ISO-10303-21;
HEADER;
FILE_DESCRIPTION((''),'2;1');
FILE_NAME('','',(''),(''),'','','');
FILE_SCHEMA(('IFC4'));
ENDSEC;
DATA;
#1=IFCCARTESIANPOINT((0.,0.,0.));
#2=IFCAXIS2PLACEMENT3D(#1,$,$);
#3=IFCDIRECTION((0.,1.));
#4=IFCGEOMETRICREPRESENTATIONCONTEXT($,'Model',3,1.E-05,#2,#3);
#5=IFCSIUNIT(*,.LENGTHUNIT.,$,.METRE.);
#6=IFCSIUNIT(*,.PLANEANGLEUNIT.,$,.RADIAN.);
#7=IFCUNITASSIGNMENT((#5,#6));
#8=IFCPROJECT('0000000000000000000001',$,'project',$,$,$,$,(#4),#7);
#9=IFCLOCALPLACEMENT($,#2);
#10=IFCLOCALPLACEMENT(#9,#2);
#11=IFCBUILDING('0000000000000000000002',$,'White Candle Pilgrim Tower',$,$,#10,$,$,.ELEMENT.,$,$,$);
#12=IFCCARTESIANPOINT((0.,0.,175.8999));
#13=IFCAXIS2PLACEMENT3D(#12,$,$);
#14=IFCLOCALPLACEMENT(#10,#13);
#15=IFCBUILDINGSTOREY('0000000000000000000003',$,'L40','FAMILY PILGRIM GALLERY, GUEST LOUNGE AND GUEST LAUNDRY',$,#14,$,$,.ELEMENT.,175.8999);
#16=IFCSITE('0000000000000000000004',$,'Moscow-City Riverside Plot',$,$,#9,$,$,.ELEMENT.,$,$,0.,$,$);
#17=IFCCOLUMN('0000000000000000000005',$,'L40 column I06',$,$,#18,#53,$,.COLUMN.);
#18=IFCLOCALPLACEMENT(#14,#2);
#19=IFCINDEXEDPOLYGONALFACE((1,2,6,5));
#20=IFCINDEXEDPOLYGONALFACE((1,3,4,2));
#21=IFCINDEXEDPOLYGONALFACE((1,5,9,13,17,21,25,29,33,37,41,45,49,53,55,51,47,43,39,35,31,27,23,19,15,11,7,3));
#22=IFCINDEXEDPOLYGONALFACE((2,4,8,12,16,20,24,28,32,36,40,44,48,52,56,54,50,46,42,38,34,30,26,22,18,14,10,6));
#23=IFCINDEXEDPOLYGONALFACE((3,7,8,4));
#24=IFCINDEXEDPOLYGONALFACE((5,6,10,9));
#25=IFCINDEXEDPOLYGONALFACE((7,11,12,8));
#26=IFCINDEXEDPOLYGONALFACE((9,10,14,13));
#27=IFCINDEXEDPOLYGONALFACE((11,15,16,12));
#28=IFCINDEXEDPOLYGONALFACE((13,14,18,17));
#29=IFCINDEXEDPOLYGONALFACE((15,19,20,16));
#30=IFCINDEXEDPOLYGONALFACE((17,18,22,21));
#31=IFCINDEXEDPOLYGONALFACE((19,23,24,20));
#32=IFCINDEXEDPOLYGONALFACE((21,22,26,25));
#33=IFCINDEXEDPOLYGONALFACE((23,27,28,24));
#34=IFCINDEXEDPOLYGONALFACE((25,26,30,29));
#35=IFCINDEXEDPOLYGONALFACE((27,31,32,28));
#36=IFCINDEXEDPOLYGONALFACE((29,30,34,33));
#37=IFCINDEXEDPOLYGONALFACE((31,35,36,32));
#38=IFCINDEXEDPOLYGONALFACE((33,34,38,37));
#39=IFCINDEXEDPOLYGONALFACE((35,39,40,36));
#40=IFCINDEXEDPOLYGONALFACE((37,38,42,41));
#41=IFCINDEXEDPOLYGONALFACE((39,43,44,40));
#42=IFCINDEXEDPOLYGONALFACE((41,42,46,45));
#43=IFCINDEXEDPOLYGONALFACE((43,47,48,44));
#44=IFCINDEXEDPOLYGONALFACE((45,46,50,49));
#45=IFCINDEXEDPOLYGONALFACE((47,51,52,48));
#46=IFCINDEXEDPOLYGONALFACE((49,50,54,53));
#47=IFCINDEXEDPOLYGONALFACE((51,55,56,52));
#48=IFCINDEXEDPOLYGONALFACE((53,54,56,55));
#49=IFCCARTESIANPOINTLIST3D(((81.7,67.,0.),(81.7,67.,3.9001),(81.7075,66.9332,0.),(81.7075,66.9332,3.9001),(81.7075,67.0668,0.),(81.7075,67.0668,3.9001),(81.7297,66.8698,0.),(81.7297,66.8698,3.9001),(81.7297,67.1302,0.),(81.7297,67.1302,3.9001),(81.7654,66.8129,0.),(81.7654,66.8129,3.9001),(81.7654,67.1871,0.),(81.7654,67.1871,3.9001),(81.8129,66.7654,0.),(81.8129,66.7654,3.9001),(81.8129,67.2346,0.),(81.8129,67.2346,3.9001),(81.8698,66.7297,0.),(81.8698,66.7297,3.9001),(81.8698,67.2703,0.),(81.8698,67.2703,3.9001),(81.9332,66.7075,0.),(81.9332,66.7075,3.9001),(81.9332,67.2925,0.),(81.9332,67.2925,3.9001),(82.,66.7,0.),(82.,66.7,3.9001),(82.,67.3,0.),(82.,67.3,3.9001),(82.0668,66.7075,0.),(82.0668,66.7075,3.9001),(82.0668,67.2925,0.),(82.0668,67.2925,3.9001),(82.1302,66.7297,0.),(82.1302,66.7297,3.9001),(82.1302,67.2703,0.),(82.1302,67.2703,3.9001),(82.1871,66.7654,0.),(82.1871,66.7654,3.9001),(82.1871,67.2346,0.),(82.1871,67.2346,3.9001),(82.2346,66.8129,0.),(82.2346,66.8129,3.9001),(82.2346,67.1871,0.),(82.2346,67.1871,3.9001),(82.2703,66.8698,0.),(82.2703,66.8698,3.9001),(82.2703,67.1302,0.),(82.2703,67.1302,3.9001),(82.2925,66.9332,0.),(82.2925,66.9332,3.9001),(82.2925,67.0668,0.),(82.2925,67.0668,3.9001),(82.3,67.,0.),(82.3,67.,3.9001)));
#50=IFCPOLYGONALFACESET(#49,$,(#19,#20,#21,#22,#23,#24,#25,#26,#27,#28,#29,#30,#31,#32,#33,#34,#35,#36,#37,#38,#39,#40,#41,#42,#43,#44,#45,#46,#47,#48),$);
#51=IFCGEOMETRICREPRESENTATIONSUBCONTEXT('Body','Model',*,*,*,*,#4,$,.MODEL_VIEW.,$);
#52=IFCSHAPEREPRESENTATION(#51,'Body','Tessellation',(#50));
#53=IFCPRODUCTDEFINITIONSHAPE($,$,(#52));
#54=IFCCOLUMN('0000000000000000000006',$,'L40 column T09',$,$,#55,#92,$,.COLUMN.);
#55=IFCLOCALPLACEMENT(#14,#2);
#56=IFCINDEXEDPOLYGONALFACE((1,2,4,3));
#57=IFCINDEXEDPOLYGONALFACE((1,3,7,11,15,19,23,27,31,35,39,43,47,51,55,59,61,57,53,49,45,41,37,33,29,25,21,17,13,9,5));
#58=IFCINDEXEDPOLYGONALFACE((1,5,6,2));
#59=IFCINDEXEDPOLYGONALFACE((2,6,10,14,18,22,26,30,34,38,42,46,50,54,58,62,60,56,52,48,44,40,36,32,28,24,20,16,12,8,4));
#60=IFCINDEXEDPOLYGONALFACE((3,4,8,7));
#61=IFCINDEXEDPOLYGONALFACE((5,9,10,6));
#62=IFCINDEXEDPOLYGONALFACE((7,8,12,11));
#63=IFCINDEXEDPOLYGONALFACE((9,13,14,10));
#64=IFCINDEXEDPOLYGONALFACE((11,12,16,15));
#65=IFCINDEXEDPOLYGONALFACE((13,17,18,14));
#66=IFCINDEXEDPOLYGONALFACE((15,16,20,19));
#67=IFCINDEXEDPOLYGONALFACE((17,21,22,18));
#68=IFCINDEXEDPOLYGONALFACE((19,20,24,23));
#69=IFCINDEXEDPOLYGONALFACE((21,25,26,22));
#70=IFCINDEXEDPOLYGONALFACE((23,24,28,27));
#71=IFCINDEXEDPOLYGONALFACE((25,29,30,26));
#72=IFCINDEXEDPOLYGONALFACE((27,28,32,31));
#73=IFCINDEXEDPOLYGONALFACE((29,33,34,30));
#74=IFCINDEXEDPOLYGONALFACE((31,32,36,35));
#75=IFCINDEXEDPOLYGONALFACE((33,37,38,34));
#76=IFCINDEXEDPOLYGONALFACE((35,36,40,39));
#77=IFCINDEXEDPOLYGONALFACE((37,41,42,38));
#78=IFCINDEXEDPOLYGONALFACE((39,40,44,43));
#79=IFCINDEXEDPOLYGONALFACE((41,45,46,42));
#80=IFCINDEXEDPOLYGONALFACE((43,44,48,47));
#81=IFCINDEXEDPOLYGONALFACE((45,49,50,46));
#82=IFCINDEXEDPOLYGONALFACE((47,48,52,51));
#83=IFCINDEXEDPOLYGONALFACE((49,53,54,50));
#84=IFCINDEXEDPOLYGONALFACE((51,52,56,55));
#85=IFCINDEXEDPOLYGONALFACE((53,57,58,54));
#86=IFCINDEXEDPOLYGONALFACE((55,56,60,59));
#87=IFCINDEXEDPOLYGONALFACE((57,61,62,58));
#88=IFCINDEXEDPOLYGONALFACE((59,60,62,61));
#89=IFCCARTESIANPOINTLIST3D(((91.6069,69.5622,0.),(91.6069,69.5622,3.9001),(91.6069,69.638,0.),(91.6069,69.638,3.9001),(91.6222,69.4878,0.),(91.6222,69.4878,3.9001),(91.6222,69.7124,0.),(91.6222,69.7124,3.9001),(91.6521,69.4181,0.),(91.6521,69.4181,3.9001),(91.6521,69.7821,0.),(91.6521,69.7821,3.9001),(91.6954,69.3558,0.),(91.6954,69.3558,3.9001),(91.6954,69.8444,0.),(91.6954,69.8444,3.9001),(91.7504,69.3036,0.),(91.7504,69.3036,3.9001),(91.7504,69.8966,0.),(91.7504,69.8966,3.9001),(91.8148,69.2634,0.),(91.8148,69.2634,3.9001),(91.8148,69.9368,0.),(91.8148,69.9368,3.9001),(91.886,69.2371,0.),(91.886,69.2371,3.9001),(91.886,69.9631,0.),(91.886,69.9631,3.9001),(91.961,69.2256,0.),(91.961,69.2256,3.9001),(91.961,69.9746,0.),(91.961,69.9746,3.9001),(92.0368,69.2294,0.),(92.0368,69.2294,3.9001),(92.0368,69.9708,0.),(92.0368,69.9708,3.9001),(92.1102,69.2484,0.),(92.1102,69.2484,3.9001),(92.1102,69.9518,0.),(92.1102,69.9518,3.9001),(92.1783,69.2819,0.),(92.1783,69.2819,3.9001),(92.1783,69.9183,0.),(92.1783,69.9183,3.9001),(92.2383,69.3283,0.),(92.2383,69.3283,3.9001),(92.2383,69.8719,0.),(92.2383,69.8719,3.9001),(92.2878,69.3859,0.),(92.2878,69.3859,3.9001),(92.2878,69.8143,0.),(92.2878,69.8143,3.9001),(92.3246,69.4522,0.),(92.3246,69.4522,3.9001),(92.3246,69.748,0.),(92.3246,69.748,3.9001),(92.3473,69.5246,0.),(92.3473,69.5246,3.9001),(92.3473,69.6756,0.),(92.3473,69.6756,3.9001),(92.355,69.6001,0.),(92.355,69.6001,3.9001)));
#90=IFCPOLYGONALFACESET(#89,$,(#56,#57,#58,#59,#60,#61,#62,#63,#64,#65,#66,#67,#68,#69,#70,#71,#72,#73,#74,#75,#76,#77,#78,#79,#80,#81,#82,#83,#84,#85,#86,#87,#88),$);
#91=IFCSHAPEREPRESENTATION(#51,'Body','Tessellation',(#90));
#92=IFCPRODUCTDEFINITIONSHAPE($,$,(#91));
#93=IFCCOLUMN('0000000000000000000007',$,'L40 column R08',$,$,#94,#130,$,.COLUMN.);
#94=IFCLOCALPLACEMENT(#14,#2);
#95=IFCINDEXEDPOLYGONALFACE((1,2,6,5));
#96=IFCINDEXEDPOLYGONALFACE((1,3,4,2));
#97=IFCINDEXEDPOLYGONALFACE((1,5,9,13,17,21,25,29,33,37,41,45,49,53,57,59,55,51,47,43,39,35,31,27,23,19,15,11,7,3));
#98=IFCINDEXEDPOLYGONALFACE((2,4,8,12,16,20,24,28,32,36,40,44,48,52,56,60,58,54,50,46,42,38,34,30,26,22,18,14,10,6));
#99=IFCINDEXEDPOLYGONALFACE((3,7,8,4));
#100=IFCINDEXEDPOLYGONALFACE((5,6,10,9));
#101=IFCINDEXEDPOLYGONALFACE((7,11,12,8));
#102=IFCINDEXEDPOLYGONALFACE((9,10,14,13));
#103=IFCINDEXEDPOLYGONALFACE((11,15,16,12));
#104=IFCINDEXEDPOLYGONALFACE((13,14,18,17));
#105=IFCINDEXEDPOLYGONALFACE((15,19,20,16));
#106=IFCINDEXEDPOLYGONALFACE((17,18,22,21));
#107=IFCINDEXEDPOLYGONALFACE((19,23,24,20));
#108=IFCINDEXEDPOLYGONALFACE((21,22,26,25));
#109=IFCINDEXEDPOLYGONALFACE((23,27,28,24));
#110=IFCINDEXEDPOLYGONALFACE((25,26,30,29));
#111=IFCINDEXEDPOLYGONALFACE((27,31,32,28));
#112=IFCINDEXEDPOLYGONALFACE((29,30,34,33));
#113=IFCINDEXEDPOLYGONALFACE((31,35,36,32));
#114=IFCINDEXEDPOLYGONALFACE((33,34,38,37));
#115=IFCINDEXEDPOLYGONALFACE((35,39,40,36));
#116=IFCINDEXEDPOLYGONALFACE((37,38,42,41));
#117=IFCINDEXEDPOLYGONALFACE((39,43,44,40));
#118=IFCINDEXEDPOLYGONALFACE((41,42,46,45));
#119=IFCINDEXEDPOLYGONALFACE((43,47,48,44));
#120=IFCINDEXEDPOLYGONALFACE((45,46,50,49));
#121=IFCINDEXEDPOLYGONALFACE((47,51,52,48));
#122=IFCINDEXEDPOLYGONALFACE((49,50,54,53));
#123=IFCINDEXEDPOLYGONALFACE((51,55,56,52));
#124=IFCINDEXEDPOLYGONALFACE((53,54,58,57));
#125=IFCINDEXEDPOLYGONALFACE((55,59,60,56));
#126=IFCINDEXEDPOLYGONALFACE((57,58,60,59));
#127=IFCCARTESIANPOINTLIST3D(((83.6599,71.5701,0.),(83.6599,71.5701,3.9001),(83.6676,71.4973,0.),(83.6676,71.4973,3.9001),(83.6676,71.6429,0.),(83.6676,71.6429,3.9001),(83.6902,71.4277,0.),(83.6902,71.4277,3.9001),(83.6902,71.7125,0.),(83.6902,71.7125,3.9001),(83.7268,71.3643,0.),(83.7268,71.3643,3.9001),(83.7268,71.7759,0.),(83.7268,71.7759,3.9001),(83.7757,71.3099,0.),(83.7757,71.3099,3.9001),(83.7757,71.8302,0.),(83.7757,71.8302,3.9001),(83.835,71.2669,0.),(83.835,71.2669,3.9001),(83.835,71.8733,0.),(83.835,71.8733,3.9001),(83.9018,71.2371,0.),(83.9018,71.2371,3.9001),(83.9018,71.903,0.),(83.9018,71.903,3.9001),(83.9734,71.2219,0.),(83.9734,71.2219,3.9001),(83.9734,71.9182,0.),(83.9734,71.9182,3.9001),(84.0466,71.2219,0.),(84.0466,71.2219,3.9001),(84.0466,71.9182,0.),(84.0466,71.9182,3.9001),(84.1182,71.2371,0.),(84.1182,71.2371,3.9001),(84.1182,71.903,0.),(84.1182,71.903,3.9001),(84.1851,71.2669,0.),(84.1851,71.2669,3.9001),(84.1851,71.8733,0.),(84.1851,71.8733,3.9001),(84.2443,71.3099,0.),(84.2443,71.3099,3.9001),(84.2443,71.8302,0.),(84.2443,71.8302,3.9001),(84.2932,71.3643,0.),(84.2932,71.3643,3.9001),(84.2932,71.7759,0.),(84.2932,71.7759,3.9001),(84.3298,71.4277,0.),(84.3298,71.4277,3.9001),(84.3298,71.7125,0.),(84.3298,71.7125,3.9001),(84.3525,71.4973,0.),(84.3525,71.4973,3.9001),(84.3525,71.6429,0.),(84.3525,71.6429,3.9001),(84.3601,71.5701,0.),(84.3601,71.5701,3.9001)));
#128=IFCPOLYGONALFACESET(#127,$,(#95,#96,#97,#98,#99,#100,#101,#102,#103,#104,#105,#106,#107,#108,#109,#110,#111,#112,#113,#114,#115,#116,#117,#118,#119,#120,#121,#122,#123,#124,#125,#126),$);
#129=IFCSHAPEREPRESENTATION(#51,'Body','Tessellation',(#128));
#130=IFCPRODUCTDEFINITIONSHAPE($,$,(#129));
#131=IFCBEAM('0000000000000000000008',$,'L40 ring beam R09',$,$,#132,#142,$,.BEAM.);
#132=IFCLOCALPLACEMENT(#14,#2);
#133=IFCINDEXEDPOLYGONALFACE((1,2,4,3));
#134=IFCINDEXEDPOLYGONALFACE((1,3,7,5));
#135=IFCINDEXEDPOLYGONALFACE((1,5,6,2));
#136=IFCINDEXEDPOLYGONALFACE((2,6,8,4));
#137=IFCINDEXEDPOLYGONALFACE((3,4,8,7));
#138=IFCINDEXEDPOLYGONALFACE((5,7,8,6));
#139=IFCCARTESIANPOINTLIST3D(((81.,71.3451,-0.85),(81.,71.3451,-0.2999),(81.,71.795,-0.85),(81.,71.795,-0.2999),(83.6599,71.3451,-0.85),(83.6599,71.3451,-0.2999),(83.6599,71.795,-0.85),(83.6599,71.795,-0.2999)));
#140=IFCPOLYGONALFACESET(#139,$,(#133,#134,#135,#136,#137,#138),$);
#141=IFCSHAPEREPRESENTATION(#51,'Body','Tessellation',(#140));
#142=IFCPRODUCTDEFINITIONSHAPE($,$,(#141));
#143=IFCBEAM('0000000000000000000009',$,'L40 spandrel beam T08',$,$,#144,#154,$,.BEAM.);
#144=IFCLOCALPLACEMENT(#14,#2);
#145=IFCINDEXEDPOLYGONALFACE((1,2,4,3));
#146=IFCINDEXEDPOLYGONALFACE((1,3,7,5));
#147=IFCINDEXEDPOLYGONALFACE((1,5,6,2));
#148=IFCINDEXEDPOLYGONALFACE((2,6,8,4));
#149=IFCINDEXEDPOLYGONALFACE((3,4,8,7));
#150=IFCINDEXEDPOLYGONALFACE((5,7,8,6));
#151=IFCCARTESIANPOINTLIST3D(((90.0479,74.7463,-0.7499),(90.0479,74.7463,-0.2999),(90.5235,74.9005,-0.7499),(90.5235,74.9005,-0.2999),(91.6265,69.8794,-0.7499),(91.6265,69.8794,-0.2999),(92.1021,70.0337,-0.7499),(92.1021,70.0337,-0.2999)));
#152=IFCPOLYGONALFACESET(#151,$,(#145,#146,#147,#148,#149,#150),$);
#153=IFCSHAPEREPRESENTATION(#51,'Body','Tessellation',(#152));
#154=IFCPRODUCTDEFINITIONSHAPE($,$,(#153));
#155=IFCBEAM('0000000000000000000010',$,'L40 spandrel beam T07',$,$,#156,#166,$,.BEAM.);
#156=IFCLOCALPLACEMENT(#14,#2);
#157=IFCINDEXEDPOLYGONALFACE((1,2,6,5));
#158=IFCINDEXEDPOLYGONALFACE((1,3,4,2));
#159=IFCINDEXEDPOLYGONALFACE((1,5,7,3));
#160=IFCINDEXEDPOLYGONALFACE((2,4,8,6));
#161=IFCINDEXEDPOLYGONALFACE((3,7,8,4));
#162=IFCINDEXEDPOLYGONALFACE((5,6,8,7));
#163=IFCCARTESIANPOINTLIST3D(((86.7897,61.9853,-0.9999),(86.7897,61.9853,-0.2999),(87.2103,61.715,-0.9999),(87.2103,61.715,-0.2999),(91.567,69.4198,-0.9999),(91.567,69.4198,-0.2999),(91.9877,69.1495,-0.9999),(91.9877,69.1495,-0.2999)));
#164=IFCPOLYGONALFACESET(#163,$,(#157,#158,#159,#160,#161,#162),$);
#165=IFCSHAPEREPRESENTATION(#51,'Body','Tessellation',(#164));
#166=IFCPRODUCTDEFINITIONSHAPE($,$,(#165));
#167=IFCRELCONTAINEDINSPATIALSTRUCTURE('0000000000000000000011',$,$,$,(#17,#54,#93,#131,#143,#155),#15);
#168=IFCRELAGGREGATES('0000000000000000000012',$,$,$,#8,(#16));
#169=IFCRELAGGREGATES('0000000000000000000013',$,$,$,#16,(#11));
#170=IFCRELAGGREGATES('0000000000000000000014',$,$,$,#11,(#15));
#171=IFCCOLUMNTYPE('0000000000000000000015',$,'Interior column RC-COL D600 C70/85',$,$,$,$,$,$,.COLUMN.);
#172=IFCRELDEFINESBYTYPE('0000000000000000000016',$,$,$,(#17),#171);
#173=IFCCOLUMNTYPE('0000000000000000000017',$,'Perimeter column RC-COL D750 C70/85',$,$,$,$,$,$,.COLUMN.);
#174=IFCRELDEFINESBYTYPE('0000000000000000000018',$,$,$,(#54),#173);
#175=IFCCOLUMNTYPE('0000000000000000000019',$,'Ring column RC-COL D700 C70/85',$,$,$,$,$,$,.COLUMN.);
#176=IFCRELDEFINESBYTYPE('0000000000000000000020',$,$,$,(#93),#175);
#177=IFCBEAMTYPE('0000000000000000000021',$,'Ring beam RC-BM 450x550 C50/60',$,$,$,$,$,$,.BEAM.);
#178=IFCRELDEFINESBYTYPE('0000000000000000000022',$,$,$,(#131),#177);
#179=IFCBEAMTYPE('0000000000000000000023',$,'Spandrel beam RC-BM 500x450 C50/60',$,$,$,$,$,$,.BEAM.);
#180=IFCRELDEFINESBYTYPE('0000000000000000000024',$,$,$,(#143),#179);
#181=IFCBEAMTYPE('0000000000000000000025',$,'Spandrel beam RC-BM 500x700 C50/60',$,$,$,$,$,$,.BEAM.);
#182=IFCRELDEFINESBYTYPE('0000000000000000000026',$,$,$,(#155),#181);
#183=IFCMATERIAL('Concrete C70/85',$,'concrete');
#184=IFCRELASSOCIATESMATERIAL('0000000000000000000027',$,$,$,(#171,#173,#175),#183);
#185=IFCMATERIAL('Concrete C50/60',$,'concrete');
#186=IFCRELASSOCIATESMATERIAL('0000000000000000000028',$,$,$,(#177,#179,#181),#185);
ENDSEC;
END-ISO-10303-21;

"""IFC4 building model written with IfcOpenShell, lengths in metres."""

from ifc_helpers import new_model, si_unit, direction, frame, origin, origin_2d, place, context, subcontext, project, spatial, rectangle, circle, extrude, material, material_profile, profile_set, type_object, element, save


model = new_model("IFC4")

# Units and contexts
model_context = context("Model", 3, precision=1e-05, world=origin(), true_north=direction((0.0, 1.0)))
body_context = subcontext(model_context, "Body", "Model", "MODEL_VIEW")
ifc_project = project(units=[si_unit("LENGTHUNIT", "METRE"), si_unit("PLANEANGLEUNIT", "RADIAN")], contexts=[model_context])

# Site, building, storey
site_placement = place(None, origin())
site = spatial("IfcSite", under=ifc_project, at=site_placement, Name="Moscow-City Riverside Plot", CompositionType="ELEMENT", RefElevation=0.0)
building_placement = place(site_placement, origin())
building = spatial("IfcBuilding", under=site, at=building_placement, Name="White Candle Pilgrim Tower", CompositionType="ELEMENT")
storey_placement = place(building_placement, frame((0.0, 0.0, 175.8999)))
storey = spatial("IfcBuildingStorey", under=building, at=storey_placement, Name="L40", Description="FAMILY PILGRIM GALLERY, GUEST LOUNGE AND GUEST LAUNDRY", CompositionType="ELEMENT", Elevation=175.8999)

# Columns
ifc_material_1 = material(Name="Concrete C70/85", Category="concrete")
ifc_material_profile_1 = material_profile(ifc_material_1, circle(Radius=0.3, at=origin_2d()), Name="RC-COL D600")
ifc_profile_set_1 = profile_set([ifc_material_profile_1], Name="Concrete C70/85")
column_type_1 = type_object("IfcColumnType", Name="Interior column RC-COL D600 C70/85", PredefinedType="COLUMN", material=ifc_profile_set_1)
column_1_placement = place(storey_placement, frame((82.0, 67.0, 0.0), z_axis=(0.0, 0.0, 1.0), x_axis=(1.0, 0.0, 0.0)))
element("IfcColumn", 1, at=column_1_placement, inside=storey, type_object=column_type_1, Name="L40 column I06", PredefinedType="COLUMN", context=body_context, shape_type="SweptSolid", body=[
    extrude(circle(Radius=0.3, at=origin_2d()), origin(), (0.0, 0.0, 1.0), 3.9001),
])
ifc_material_profile_2 = material_profile(ifc_material_1, circle(Radius=0.375, at=origin_2d()), Name="RC-COL D750")
ifc_profile_set_2 = profile_set([ifc_material_profile_2], Name="Concrete C70/85")
column_type_2 = type_object("IfcColumnType", Name="Perimeter column RC-COL D750 C70/85", PredefinedType="COLUMN", material=ifc_profile_set_2)
column_2_placement = place(storey_placement, frame((91.98, 69.6001, 0.0), z_axis=(0.0, 0.0, 1.0), x_axis=(1.0, 0.0, 0.0)))
element("IfcColumn", 2, at=column_2_placement, inside=storey, type_object=column_type_2, Name="L40 column T09", PredefinedType="COLUMN", context=body_context, shape_type="SweptSolid", body=[
    extrude(circle(Radius=0.375, at=origin_2d()), origin(), (0.0, 0.0, 1.0), 3.9001),
])
ifc_material_profile_3 = material_profile(ifc_material_1, circle(Radius=0.3501, at=origin_2d()), Name="RC-COL D700")
ifc_profile_set_3 = profile_set([ifc_material_profile_3], Name="Concrete C70/85")
column_type_3 = type_object("IfcColumnType", Name="Ring column RC-COL D700 C70/85", PredefinedType="COLUMN", material=ifc_profile_set_3)
column_3_placement = place(storey_placement, frame((84.01, 71.5701, 0.0), z_axis=(0.0, 0.0, 1.0), x_axis=(1.0, 0.0, 0.0)))
element("IfcColumn", 3, at=column_3_placement, inside=storey, type_object=column_type_3, Name="L40 column R08", PredefinedType="COLUMN", context=body_context, shape_type="SweptSolid", body=[
    extrude(circle(Radius=0.3501, at=origin_2d()), origin(), (0.0, 0.0, 1.0), 3.9001),
])

# Beams
ifc_material_2 = material(Name="Concrete C50/60", Category="concrete")
ifc_material_profile_4 = material_profile(ifc_material_2, rectangle(XDim=0.45, YDim=0.55, at=origin_2d()), Name="RC-BM 450x550")
ifc_profile_set_4 = profile_set([ifc_material_profile_4], Name="Concrete C50/60")
beam_type_1 = type_object("IfcBeamType", Name="Ring beam RC-BM 450x550 C50/60", PredefinedType="BEAM", material=ifc_profile_set_4)
beam_1_placement = place(storey_placement, frame((83.6599, 71.5701, -0.575), z_axis=(-1.0, 0.0, 0.0), x_axis=(0.0, -1.0, 0.0)))
element("IfcBeam", 4, at=beam_1_placement, inside=storey, type_object=beam_type_1, Name="L40 ring beam R09", PredefinedType="BEAM", context=body_context, shape_type="SweptSolid", body=[
    extrude(rectangle(XDim=0.45, YDim=0.55, at=origin_2d()), origin(), (0.0, 0.0, 1.0), 2.6599),
])
ifc_material_profile_5 = material_profile(ifc_material_2, rectangle(XDim=0.5, YDim=0.45, at=origin_2d()), Name="RC-BM 500x450")
ifc_profile_set_5 = profile_set([ifc_material_profile_5], Name="Concrete C50/60")
beam_type_2 = type_object("IfcBeamType", Name="Spandrel beam RC-BM 500x450 C50/60", PredefinedType="BEAM", material=ifc_profile_set_5)
beam_2_placement = place(storey_placement, frame((91.8643, 69.9565, -0.5249), z_axis=(-0.30853, 0.951214, 0.0), x_axis=(-0.951214, -0.30853, 0.0)))
element("IfcBeam", 5, at=beam_2_placement, inside=storey, type_object=beam_type_2, Name="L40 spandrel beam T08", PredefinedType="BEAM", context=body_context, shape_type="SweptSolid", body=[
    extrude(rectangle(XDim=0.5, YDim=0.45, at=origin_2d()), origin(), (0.0, 0.0, 1.0), 5.1165),
])
ifc_material_profile_6 = material_profile(ifc_material_2, rectangle(XDim=0.5, YDim=0.7, at=origin_2d()), Name="RC-BM 500x700")
ifc_profile_set_6 = profile_set([ifc_material_profile_6], Name="Concrete C50/60")
beam_type_3 = type_object("IfcBeamType", Name="Spandrel beam RC-BM 500x700 C50/60", PredefinedType="BEAM", material=ifc_profile_set_6)
beam_3_placement = place(storey_placement, frame((91.7773, 69.2847, -0.6499), z_axis=(-0.540596, -0.841283, 0.0), x_axis=(0.841283, -0.540596, 0.0)))
element("IfcBeam", 6, at=beam_3_placement, inside=storey, type_object=beam_type_3, Name="L40 spandrel beam T07", PredefinedType="BEAM", context=body_context, shape_type="SweptSolid", body=[
    extrude(rectangle(XDim=0.5, YDim=0.7, at=origin_2d()), origin(), (0.0, 0.0, 1.0), 8.8372),
])

save(model, "model.ifc")
